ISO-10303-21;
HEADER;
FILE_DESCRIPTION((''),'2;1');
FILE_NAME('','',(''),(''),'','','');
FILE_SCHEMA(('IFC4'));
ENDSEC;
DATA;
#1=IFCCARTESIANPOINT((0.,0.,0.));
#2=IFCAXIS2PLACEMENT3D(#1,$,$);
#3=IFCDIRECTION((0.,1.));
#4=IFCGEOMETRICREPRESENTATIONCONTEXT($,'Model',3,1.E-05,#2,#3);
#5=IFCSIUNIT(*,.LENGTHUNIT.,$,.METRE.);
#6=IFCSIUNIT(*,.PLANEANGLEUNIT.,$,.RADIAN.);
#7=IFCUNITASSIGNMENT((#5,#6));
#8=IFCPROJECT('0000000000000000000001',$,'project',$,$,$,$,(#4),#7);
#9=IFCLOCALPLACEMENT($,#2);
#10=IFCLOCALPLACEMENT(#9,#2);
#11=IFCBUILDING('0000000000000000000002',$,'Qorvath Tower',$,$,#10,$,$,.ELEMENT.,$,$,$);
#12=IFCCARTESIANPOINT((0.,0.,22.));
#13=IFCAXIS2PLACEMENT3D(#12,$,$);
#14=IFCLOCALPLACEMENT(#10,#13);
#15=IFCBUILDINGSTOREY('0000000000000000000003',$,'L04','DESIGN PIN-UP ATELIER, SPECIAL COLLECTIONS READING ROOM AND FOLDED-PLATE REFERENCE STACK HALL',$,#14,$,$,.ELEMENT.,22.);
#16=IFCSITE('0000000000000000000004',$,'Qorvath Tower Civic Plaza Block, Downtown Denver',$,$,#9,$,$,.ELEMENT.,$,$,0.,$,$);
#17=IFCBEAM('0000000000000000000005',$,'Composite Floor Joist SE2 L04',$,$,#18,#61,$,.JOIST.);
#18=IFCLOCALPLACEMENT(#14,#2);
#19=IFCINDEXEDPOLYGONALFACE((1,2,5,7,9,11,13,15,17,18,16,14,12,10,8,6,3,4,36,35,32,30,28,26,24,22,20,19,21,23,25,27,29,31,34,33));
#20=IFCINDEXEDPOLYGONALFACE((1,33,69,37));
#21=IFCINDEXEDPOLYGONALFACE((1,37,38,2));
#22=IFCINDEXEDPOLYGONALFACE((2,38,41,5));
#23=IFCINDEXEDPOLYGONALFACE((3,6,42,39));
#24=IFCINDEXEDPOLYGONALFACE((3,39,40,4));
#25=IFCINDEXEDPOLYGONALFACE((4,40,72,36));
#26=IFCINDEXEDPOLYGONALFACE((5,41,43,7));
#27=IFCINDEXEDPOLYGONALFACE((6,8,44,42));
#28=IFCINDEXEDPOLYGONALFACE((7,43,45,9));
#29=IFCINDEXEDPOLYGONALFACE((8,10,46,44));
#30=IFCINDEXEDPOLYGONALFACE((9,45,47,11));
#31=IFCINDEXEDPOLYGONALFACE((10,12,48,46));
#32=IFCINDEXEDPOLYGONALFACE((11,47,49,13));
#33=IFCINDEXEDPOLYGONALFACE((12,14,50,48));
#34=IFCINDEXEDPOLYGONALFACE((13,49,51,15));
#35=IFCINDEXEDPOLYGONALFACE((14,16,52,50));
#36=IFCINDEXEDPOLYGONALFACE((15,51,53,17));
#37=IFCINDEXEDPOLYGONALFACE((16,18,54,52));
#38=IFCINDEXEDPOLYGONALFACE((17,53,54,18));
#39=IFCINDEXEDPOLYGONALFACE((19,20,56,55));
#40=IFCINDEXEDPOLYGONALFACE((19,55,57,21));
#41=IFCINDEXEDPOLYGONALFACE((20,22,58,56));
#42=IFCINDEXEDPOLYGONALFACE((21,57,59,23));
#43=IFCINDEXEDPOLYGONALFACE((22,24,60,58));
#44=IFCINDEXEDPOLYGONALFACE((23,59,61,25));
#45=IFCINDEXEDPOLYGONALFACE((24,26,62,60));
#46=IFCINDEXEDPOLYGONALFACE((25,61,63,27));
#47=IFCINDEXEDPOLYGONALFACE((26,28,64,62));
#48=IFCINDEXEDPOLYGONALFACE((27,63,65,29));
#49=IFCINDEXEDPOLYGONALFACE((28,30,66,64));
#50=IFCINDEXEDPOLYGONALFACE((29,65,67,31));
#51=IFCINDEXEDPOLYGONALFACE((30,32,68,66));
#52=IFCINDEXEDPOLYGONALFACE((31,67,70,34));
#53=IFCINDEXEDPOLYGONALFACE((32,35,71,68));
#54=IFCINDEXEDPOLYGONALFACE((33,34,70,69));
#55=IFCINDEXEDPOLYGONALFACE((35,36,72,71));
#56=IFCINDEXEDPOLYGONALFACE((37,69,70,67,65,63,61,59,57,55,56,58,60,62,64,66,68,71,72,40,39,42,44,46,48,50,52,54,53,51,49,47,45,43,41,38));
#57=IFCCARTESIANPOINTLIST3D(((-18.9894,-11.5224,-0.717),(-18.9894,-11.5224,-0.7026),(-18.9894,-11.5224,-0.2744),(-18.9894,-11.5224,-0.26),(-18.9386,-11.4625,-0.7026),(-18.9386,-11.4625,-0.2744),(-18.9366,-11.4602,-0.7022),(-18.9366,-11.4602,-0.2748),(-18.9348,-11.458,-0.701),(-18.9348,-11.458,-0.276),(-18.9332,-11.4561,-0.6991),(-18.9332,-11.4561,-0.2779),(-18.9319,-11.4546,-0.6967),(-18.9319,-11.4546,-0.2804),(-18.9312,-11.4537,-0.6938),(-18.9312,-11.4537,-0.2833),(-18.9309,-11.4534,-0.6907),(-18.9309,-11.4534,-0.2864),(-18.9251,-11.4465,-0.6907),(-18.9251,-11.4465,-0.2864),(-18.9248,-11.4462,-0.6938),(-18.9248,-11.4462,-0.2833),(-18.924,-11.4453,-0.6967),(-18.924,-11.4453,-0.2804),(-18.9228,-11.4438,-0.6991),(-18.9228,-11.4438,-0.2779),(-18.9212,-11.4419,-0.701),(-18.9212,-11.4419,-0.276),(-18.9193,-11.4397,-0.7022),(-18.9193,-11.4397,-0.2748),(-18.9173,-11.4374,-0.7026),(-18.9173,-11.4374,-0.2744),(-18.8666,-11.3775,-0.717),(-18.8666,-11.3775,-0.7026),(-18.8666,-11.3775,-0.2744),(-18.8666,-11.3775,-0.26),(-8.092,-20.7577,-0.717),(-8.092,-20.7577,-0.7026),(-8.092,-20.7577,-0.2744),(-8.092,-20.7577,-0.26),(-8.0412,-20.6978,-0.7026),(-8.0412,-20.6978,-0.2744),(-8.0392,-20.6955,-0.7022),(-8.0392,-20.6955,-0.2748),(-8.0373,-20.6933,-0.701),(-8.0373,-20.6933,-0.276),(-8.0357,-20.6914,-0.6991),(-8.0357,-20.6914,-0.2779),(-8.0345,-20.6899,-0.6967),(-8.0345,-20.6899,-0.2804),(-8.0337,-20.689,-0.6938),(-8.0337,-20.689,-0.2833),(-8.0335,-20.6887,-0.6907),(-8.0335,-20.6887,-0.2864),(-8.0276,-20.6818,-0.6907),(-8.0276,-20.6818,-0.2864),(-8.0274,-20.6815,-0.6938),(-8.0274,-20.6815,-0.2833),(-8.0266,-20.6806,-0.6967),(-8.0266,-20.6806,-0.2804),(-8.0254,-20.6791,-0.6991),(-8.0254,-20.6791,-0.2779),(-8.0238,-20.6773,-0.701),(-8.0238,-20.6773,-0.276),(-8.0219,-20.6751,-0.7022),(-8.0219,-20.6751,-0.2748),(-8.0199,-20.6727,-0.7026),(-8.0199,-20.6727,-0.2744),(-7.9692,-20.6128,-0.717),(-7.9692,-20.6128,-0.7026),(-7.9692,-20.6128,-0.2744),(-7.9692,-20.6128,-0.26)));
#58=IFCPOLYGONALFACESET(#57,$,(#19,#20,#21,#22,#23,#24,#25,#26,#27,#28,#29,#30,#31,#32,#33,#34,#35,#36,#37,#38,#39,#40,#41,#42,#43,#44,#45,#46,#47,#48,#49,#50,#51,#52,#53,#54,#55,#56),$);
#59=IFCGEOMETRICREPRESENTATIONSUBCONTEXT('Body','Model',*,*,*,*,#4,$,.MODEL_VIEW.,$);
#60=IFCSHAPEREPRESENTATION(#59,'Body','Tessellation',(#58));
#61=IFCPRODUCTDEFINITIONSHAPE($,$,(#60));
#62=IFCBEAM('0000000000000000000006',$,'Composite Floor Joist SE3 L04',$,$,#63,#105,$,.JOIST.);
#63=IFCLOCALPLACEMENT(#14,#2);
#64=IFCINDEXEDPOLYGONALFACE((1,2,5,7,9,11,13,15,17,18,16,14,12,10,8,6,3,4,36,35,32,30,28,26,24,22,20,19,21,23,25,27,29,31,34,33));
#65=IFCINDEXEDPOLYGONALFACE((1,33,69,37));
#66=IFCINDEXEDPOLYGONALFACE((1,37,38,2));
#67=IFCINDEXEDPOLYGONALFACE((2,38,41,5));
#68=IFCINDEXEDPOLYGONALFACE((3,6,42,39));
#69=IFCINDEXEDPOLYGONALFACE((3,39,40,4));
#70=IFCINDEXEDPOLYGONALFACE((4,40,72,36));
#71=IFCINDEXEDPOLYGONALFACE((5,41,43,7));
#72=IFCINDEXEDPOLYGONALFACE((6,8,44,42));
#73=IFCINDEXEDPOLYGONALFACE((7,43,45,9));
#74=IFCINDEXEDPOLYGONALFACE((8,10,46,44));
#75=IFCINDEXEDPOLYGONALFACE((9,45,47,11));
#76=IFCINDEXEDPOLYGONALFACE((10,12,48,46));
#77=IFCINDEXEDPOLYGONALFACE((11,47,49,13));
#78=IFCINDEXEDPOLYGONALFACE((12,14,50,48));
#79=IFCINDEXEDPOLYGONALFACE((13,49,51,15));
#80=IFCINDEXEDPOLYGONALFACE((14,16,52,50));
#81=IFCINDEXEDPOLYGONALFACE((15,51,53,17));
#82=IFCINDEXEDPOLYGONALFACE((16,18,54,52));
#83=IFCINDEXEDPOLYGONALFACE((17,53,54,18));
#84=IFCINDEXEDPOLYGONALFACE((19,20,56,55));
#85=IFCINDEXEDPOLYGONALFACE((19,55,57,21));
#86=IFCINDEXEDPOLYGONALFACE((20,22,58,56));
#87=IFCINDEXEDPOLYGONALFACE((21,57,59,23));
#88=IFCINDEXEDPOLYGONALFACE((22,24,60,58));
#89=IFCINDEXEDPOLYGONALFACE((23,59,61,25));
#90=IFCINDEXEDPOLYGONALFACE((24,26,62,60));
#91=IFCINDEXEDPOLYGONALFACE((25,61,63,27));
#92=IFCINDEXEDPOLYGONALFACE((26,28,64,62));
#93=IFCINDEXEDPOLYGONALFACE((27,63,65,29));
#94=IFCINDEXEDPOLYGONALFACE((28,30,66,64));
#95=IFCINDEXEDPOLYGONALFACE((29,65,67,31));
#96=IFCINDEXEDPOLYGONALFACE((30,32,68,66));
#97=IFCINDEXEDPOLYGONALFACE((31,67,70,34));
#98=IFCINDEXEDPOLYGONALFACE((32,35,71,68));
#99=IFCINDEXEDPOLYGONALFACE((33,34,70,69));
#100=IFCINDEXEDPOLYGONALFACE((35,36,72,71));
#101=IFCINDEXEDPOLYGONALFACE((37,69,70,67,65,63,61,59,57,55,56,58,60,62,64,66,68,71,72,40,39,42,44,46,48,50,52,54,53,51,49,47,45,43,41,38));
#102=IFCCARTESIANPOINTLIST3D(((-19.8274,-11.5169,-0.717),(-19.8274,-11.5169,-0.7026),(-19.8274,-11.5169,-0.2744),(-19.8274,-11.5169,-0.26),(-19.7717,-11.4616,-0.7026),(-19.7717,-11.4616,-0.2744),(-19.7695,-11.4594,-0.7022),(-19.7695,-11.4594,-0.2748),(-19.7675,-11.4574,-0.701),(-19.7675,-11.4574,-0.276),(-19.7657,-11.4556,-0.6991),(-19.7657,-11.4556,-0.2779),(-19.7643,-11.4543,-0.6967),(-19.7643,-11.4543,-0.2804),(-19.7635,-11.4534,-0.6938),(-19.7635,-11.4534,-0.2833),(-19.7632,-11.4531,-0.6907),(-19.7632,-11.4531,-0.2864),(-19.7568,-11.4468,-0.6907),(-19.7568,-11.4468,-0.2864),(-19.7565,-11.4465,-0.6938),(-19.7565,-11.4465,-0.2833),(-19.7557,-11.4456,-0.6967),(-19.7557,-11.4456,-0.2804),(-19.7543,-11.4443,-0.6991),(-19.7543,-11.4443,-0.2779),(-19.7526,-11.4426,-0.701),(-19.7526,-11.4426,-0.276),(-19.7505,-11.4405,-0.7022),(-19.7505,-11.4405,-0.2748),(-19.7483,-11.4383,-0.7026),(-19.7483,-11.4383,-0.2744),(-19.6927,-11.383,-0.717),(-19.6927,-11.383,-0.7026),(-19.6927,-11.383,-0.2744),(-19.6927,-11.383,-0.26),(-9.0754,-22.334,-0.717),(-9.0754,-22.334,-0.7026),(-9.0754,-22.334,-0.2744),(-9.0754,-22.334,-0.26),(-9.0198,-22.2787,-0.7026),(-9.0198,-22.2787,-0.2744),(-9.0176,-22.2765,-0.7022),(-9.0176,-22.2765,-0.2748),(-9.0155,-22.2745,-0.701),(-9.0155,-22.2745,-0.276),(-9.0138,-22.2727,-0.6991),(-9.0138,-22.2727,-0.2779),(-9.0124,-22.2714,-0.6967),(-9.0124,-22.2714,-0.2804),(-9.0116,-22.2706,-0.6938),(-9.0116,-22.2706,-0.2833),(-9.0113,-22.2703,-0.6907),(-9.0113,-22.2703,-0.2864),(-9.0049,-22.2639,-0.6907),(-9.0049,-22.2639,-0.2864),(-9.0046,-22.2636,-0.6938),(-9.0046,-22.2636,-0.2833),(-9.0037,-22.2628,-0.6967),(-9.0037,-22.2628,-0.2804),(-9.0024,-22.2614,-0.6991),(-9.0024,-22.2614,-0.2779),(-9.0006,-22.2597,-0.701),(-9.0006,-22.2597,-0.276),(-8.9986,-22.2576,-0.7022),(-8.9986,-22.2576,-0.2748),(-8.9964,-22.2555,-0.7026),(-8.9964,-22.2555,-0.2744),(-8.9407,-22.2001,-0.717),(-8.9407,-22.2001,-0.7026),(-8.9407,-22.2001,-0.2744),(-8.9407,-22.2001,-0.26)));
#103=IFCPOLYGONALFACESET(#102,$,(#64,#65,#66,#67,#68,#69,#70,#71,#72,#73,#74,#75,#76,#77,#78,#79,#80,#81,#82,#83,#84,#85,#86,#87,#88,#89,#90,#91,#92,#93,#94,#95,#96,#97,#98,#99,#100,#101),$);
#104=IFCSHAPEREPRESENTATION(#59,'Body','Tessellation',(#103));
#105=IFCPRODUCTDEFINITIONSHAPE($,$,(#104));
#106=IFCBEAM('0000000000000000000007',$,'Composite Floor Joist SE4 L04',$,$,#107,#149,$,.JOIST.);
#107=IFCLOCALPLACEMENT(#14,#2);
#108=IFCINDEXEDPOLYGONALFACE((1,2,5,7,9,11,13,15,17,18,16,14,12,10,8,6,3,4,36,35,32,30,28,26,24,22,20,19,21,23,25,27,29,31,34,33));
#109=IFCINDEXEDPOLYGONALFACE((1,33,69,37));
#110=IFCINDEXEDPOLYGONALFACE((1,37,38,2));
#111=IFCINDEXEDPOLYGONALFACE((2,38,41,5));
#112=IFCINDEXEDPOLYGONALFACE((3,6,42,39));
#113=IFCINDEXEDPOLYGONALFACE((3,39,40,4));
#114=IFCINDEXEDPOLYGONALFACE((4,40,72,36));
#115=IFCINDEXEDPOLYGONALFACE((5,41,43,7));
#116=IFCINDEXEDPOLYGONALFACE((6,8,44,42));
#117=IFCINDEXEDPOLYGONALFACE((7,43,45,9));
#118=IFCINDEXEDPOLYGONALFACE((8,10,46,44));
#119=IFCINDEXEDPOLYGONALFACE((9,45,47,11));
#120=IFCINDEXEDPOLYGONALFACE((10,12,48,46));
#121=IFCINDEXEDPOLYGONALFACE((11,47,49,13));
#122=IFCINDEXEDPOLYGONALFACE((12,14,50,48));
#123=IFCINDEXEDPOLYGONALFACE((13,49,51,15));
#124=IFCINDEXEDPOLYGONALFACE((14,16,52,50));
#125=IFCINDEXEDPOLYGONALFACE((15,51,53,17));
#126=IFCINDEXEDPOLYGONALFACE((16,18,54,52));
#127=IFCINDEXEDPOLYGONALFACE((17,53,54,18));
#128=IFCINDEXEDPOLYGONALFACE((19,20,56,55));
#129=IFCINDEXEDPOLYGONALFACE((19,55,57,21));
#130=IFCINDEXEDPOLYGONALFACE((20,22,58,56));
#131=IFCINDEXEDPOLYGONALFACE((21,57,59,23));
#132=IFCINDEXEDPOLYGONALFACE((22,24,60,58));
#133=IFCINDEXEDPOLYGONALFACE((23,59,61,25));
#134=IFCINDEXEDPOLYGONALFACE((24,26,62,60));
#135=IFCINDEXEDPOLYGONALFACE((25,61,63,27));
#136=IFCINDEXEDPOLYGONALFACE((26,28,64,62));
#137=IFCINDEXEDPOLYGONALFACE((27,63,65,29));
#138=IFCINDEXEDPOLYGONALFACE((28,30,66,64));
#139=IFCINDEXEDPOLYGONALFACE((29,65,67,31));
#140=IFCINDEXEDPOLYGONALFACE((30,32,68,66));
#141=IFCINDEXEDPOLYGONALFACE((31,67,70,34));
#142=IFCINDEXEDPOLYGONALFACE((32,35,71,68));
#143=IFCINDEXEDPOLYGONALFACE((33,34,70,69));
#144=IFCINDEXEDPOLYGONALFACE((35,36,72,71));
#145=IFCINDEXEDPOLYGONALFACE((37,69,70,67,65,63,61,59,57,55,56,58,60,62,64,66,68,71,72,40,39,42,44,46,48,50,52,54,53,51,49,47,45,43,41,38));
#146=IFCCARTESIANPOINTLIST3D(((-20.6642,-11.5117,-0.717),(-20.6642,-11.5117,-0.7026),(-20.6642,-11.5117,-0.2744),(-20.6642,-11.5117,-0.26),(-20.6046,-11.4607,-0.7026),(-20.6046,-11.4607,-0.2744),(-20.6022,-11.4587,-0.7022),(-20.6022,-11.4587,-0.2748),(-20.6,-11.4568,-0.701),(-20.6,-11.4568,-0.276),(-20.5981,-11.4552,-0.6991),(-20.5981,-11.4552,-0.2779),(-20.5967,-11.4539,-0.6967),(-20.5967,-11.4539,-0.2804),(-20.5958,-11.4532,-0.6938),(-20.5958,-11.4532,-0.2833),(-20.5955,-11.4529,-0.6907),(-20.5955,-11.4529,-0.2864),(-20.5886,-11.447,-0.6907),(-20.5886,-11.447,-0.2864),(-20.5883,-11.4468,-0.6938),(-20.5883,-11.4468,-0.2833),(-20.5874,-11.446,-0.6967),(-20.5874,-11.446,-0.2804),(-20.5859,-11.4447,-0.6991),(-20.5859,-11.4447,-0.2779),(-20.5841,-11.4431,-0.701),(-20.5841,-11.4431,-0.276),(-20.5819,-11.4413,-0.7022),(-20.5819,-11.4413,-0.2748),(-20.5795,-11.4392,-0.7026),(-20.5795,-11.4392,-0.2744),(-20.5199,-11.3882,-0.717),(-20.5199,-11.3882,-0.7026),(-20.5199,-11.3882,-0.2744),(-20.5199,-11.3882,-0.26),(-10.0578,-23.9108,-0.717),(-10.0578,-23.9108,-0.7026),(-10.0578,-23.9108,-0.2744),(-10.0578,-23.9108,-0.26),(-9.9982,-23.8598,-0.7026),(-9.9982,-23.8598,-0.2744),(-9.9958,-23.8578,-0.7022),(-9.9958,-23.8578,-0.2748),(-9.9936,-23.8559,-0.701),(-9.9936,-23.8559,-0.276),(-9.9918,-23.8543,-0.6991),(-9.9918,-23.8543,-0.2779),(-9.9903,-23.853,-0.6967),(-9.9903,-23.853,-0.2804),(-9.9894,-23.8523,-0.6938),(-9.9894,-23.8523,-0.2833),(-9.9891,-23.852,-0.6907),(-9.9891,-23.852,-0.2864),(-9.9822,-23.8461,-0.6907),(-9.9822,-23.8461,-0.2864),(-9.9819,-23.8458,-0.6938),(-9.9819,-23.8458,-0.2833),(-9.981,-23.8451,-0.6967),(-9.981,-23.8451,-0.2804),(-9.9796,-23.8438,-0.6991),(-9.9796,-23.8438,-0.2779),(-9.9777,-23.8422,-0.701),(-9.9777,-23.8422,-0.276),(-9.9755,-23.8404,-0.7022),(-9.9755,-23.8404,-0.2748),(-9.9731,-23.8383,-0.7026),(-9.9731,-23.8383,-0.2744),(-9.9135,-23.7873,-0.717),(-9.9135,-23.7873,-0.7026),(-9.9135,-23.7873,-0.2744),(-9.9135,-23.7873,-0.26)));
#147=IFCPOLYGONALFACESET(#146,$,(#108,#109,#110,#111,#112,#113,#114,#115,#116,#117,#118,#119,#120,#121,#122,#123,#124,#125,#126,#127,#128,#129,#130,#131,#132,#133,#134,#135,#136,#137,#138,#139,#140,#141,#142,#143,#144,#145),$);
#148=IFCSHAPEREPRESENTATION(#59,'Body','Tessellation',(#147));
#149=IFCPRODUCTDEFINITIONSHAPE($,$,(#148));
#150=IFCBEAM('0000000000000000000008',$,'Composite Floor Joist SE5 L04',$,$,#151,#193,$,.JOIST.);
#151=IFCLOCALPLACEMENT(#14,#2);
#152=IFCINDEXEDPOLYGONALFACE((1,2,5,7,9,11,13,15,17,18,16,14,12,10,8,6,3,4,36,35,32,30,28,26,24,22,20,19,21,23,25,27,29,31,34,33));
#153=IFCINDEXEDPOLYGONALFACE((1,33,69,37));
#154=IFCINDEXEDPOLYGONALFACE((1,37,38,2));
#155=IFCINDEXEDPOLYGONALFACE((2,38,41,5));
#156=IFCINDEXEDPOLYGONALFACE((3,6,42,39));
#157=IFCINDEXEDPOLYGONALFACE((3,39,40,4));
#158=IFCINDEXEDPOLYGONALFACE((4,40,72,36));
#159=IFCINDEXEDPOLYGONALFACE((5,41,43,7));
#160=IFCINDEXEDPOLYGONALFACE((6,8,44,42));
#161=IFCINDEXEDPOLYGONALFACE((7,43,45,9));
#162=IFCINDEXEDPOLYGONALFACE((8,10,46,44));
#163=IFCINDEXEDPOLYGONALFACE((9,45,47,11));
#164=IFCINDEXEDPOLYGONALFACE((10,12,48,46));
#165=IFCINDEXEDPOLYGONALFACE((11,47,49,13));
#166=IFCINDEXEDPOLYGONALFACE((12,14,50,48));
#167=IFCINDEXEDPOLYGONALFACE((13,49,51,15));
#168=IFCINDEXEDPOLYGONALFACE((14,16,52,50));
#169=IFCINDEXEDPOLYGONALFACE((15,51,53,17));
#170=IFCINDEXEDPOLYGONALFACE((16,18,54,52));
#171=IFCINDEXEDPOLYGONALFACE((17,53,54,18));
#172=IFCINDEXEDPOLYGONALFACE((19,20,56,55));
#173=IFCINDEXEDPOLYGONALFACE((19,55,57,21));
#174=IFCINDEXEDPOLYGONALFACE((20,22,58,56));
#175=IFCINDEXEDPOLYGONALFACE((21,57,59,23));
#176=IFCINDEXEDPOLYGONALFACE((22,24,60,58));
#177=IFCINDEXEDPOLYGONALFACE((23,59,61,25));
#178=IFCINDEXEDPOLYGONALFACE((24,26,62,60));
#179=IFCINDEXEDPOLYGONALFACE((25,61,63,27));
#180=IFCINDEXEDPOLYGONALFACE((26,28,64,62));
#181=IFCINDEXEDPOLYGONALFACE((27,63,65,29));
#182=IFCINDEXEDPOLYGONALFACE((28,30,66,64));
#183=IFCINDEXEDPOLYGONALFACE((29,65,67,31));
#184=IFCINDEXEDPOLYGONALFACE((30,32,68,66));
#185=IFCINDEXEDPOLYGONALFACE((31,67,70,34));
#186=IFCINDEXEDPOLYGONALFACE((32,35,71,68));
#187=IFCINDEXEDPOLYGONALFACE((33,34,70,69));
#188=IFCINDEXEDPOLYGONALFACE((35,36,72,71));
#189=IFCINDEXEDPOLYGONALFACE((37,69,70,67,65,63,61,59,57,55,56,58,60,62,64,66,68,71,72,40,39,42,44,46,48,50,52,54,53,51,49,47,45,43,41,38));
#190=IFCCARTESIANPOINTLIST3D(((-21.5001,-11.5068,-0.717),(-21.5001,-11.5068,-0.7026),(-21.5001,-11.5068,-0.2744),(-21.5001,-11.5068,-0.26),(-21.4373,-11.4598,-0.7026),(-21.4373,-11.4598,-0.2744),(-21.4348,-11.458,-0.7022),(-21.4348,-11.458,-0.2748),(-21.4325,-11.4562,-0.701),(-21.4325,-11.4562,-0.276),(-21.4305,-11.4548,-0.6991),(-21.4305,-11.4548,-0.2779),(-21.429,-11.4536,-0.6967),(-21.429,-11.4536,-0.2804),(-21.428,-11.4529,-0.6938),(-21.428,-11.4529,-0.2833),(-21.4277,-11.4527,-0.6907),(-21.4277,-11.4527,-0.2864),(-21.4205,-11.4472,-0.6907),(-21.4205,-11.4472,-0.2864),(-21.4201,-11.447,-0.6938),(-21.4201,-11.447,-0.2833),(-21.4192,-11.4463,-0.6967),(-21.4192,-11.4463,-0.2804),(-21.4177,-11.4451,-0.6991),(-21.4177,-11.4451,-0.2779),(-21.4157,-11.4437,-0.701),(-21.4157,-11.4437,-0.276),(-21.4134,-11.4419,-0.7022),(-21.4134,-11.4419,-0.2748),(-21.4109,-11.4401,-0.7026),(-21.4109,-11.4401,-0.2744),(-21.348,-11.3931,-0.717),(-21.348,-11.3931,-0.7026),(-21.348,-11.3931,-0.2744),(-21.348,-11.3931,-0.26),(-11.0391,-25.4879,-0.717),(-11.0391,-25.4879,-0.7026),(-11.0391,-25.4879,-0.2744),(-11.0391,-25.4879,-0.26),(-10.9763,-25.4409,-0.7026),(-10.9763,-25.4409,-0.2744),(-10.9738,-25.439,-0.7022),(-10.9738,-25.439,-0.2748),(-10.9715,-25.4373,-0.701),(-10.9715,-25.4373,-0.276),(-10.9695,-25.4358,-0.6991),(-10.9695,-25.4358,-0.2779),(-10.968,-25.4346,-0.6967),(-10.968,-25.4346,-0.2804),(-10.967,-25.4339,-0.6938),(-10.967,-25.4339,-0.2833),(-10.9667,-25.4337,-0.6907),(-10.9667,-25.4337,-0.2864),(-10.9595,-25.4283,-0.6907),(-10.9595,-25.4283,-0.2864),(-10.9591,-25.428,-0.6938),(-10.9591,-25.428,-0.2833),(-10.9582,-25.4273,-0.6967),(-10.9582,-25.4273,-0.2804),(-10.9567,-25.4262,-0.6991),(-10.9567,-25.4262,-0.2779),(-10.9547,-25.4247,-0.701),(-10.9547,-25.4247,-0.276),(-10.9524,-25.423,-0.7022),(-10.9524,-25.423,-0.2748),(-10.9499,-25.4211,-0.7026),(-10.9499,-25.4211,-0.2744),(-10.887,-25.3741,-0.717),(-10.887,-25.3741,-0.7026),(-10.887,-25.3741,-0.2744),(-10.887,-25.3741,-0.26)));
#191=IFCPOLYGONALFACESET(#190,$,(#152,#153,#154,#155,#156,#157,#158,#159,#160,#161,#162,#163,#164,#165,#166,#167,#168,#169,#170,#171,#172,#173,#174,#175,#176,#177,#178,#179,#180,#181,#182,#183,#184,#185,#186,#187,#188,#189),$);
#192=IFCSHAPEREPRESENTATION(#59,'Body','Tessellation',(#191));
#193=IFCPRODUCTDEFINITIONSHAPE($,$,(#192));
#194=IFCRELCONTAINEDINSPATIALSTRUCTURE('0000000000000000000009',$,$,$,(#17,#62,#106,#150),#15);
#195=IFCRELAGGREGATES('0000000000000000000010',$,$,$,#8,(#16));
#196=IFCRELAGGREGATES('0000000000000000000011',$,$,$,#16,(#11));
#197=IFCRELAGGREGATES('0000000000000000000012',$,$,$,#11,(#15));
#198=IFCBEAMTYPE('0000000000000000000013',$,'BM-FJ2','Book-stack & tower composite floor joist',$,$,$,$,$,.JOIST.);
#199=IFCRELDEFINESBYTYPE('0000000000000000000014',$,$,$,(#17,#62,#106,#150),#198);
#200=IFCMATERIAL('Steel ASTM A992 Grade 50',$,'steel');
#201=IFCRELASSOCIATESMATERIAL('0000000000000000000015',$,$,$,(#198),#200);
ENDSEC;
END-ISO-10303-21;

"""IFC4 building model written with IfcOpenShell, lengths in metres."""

from ifc_helpers import new_model, si_unit, direction, frame, origin, origin_2d, place, context, subcontext, project, spatial, i_section, extrude, material, material_profile, profile_set, type_object, element, save


model = new_model("IFC4")

# Units and contexts
model_context = context("Model", 3, precision=1e-05, world=origin(), true_north=direction((0.0, 1.0)))
body_context = subcontext(model_context, "Body", "Model", "MODEL_VIEW")
ifc_project = project(units=[si_unit("LENGTHUNIT", "METRE"), si_unit("PLANEANGLEUNIT", "RADIAN")], contexts=[model_context])

# Site, building, storey
site_placement = place(None, origin())
site = spatial("IfcSite", under=ifc_project, at=site_placement, Name="Qorvath Tower Civic Plaza Block, Downtown Denver", CompositionType="ELEMENT", RefElevation=0.0)
building_placement = place(site_placement, origin())
building = spatial("IfcBuilding", under=site, at=building_placement, Name="Qorvath Tower", CompositionType="ELEMENT")
storey_placement = place(building_placement, frame((0.0, 0.0, 22.0)))
storey = spatial("IfcBuildingStorey", under=building, at=storey_placement, Name="L04", Description="DESIGN PIN-UP ATELIER, SPECIAL COLLECTIONS READING ROOM AND FOLDED-PLATE REFERENCE STACK HALL", CompositionType="ELEMENT", Elevation=22.0)

# Beams
ifc_material_1 = material(Name="Steel ASTM A992 Grade 50", Category="steel")
ifc_material_profile_1 = material_profile(ifc_material_1, i_section(OverallWidth=0.1899, OverallDepth=0.457, WebThickness=0.009, FlangeThickness=0.0144, FilletRadius=0.012, at=origin_2d()), Name="W18x50")
ifc_profile_set_1 = profile_set([ifc_material_profile_1], Name="Steel ASTM A992 Grade 50")
beam_type_1 = type_object("IfcBeamType", Name="BM-FJ2", Description="Book-stack & tower composite floor joist", PredefinedType="JOIST", material=ifc_profile_set_1)
beam_1_placement = place(storey_placement, frame((-18.928, -11.45, -0.4885), z_axis=(0.762888, -0.64653, 0.0), x_axis=(0.64653, 0.762888, 0.0)))
element("IfcBeam", 1, at=beam_1_placement, inside=storey, type_object=beam_type_1, Name="Composite Floor Joist SE2 L04", PredefinedType="JOIST", context=body_context, shape_type="SweptSolid", body=[
    extrude(i_section(OverallWidth=0.1899, OverallDepth=0.457, WebThickness=0.009, FlangeThickness=0.0144, FilletRadius=0.012, at=origin_2d()), origin(), (0.0, 0.0, 1.0), 14.2844),
])
beam_2_placement = place(storey_placement, frame((-19.76, -11.45, -0.4885), z_axis=(0.704967, -0.709241, 0.0), x_axis=(0.709241, 0.704967, 0.0)))
element("IfcBeam", 2, at=beam_2_placement, inside=storey, type_object=beam_type_1, Name="Composite Floor Joist SE3 L04", PredefinedType="JOIST", context=body_context, shape_type="SweptSolid", body=[
    extrude(i_section(OverallWidth=0.1899, OverallDepth=0.457, WebThickness=0.009, FlangeThickness=0.0144, FilletRadius=0.012, at=origin_2d()), origin(), (0.0, 0.0, 1.0), 15.2517),
])
beam_3_placement = place(storey_placement, frame((-20.592, -11.45, -0.4885), z_axis=(0.650034, -0.759905, 0.0), x_axis=(0.759905, 0.650034, 0.0)))
element("IfcBeam", 3, at=beam_3_placement, inside=storey, type_object=beam_type_1, Name="Composite Floor Joist SE4 L04", PredefinedType="JOIST", context=body_context, shape_type="SweptSolid", body=[
    extrude(i_section(OverallWidth=0.1899, OverallDepth=0.457, WebThickness=0.009, FlangeThickness=0.0144, FilletRadius=0.012, at=origin_2d()), origin(), (0.0, 0.0, 1.0), 16.3167),
])
beam_4_placement = place(storey_placement, frame((-21.4241, -11.45, -0.4885), z_axis=(0.599091, -0.800681, 0.0), x_axis=(0.800681, 0.599091, 0.0)))
element("IfcBeam", 4, at=beam_4_placement, inside=storey, type_object=beam_type_1, Name="Composite Floor Joist SE5 L04", PredefinedType="JOIST", context=body_context, shape_type="SweptSolid", body=[
    extrude(i_section(OverallWidth=0.1899, OverallDepth=0.457, WebThickness=0.009, FlangeThickness=0.0144, FilletRadius=0.012, at=origin_2d()), origin(), (0.0, 0.0, 1.0), 17.4614),
])

save(model, "model.ifc")
